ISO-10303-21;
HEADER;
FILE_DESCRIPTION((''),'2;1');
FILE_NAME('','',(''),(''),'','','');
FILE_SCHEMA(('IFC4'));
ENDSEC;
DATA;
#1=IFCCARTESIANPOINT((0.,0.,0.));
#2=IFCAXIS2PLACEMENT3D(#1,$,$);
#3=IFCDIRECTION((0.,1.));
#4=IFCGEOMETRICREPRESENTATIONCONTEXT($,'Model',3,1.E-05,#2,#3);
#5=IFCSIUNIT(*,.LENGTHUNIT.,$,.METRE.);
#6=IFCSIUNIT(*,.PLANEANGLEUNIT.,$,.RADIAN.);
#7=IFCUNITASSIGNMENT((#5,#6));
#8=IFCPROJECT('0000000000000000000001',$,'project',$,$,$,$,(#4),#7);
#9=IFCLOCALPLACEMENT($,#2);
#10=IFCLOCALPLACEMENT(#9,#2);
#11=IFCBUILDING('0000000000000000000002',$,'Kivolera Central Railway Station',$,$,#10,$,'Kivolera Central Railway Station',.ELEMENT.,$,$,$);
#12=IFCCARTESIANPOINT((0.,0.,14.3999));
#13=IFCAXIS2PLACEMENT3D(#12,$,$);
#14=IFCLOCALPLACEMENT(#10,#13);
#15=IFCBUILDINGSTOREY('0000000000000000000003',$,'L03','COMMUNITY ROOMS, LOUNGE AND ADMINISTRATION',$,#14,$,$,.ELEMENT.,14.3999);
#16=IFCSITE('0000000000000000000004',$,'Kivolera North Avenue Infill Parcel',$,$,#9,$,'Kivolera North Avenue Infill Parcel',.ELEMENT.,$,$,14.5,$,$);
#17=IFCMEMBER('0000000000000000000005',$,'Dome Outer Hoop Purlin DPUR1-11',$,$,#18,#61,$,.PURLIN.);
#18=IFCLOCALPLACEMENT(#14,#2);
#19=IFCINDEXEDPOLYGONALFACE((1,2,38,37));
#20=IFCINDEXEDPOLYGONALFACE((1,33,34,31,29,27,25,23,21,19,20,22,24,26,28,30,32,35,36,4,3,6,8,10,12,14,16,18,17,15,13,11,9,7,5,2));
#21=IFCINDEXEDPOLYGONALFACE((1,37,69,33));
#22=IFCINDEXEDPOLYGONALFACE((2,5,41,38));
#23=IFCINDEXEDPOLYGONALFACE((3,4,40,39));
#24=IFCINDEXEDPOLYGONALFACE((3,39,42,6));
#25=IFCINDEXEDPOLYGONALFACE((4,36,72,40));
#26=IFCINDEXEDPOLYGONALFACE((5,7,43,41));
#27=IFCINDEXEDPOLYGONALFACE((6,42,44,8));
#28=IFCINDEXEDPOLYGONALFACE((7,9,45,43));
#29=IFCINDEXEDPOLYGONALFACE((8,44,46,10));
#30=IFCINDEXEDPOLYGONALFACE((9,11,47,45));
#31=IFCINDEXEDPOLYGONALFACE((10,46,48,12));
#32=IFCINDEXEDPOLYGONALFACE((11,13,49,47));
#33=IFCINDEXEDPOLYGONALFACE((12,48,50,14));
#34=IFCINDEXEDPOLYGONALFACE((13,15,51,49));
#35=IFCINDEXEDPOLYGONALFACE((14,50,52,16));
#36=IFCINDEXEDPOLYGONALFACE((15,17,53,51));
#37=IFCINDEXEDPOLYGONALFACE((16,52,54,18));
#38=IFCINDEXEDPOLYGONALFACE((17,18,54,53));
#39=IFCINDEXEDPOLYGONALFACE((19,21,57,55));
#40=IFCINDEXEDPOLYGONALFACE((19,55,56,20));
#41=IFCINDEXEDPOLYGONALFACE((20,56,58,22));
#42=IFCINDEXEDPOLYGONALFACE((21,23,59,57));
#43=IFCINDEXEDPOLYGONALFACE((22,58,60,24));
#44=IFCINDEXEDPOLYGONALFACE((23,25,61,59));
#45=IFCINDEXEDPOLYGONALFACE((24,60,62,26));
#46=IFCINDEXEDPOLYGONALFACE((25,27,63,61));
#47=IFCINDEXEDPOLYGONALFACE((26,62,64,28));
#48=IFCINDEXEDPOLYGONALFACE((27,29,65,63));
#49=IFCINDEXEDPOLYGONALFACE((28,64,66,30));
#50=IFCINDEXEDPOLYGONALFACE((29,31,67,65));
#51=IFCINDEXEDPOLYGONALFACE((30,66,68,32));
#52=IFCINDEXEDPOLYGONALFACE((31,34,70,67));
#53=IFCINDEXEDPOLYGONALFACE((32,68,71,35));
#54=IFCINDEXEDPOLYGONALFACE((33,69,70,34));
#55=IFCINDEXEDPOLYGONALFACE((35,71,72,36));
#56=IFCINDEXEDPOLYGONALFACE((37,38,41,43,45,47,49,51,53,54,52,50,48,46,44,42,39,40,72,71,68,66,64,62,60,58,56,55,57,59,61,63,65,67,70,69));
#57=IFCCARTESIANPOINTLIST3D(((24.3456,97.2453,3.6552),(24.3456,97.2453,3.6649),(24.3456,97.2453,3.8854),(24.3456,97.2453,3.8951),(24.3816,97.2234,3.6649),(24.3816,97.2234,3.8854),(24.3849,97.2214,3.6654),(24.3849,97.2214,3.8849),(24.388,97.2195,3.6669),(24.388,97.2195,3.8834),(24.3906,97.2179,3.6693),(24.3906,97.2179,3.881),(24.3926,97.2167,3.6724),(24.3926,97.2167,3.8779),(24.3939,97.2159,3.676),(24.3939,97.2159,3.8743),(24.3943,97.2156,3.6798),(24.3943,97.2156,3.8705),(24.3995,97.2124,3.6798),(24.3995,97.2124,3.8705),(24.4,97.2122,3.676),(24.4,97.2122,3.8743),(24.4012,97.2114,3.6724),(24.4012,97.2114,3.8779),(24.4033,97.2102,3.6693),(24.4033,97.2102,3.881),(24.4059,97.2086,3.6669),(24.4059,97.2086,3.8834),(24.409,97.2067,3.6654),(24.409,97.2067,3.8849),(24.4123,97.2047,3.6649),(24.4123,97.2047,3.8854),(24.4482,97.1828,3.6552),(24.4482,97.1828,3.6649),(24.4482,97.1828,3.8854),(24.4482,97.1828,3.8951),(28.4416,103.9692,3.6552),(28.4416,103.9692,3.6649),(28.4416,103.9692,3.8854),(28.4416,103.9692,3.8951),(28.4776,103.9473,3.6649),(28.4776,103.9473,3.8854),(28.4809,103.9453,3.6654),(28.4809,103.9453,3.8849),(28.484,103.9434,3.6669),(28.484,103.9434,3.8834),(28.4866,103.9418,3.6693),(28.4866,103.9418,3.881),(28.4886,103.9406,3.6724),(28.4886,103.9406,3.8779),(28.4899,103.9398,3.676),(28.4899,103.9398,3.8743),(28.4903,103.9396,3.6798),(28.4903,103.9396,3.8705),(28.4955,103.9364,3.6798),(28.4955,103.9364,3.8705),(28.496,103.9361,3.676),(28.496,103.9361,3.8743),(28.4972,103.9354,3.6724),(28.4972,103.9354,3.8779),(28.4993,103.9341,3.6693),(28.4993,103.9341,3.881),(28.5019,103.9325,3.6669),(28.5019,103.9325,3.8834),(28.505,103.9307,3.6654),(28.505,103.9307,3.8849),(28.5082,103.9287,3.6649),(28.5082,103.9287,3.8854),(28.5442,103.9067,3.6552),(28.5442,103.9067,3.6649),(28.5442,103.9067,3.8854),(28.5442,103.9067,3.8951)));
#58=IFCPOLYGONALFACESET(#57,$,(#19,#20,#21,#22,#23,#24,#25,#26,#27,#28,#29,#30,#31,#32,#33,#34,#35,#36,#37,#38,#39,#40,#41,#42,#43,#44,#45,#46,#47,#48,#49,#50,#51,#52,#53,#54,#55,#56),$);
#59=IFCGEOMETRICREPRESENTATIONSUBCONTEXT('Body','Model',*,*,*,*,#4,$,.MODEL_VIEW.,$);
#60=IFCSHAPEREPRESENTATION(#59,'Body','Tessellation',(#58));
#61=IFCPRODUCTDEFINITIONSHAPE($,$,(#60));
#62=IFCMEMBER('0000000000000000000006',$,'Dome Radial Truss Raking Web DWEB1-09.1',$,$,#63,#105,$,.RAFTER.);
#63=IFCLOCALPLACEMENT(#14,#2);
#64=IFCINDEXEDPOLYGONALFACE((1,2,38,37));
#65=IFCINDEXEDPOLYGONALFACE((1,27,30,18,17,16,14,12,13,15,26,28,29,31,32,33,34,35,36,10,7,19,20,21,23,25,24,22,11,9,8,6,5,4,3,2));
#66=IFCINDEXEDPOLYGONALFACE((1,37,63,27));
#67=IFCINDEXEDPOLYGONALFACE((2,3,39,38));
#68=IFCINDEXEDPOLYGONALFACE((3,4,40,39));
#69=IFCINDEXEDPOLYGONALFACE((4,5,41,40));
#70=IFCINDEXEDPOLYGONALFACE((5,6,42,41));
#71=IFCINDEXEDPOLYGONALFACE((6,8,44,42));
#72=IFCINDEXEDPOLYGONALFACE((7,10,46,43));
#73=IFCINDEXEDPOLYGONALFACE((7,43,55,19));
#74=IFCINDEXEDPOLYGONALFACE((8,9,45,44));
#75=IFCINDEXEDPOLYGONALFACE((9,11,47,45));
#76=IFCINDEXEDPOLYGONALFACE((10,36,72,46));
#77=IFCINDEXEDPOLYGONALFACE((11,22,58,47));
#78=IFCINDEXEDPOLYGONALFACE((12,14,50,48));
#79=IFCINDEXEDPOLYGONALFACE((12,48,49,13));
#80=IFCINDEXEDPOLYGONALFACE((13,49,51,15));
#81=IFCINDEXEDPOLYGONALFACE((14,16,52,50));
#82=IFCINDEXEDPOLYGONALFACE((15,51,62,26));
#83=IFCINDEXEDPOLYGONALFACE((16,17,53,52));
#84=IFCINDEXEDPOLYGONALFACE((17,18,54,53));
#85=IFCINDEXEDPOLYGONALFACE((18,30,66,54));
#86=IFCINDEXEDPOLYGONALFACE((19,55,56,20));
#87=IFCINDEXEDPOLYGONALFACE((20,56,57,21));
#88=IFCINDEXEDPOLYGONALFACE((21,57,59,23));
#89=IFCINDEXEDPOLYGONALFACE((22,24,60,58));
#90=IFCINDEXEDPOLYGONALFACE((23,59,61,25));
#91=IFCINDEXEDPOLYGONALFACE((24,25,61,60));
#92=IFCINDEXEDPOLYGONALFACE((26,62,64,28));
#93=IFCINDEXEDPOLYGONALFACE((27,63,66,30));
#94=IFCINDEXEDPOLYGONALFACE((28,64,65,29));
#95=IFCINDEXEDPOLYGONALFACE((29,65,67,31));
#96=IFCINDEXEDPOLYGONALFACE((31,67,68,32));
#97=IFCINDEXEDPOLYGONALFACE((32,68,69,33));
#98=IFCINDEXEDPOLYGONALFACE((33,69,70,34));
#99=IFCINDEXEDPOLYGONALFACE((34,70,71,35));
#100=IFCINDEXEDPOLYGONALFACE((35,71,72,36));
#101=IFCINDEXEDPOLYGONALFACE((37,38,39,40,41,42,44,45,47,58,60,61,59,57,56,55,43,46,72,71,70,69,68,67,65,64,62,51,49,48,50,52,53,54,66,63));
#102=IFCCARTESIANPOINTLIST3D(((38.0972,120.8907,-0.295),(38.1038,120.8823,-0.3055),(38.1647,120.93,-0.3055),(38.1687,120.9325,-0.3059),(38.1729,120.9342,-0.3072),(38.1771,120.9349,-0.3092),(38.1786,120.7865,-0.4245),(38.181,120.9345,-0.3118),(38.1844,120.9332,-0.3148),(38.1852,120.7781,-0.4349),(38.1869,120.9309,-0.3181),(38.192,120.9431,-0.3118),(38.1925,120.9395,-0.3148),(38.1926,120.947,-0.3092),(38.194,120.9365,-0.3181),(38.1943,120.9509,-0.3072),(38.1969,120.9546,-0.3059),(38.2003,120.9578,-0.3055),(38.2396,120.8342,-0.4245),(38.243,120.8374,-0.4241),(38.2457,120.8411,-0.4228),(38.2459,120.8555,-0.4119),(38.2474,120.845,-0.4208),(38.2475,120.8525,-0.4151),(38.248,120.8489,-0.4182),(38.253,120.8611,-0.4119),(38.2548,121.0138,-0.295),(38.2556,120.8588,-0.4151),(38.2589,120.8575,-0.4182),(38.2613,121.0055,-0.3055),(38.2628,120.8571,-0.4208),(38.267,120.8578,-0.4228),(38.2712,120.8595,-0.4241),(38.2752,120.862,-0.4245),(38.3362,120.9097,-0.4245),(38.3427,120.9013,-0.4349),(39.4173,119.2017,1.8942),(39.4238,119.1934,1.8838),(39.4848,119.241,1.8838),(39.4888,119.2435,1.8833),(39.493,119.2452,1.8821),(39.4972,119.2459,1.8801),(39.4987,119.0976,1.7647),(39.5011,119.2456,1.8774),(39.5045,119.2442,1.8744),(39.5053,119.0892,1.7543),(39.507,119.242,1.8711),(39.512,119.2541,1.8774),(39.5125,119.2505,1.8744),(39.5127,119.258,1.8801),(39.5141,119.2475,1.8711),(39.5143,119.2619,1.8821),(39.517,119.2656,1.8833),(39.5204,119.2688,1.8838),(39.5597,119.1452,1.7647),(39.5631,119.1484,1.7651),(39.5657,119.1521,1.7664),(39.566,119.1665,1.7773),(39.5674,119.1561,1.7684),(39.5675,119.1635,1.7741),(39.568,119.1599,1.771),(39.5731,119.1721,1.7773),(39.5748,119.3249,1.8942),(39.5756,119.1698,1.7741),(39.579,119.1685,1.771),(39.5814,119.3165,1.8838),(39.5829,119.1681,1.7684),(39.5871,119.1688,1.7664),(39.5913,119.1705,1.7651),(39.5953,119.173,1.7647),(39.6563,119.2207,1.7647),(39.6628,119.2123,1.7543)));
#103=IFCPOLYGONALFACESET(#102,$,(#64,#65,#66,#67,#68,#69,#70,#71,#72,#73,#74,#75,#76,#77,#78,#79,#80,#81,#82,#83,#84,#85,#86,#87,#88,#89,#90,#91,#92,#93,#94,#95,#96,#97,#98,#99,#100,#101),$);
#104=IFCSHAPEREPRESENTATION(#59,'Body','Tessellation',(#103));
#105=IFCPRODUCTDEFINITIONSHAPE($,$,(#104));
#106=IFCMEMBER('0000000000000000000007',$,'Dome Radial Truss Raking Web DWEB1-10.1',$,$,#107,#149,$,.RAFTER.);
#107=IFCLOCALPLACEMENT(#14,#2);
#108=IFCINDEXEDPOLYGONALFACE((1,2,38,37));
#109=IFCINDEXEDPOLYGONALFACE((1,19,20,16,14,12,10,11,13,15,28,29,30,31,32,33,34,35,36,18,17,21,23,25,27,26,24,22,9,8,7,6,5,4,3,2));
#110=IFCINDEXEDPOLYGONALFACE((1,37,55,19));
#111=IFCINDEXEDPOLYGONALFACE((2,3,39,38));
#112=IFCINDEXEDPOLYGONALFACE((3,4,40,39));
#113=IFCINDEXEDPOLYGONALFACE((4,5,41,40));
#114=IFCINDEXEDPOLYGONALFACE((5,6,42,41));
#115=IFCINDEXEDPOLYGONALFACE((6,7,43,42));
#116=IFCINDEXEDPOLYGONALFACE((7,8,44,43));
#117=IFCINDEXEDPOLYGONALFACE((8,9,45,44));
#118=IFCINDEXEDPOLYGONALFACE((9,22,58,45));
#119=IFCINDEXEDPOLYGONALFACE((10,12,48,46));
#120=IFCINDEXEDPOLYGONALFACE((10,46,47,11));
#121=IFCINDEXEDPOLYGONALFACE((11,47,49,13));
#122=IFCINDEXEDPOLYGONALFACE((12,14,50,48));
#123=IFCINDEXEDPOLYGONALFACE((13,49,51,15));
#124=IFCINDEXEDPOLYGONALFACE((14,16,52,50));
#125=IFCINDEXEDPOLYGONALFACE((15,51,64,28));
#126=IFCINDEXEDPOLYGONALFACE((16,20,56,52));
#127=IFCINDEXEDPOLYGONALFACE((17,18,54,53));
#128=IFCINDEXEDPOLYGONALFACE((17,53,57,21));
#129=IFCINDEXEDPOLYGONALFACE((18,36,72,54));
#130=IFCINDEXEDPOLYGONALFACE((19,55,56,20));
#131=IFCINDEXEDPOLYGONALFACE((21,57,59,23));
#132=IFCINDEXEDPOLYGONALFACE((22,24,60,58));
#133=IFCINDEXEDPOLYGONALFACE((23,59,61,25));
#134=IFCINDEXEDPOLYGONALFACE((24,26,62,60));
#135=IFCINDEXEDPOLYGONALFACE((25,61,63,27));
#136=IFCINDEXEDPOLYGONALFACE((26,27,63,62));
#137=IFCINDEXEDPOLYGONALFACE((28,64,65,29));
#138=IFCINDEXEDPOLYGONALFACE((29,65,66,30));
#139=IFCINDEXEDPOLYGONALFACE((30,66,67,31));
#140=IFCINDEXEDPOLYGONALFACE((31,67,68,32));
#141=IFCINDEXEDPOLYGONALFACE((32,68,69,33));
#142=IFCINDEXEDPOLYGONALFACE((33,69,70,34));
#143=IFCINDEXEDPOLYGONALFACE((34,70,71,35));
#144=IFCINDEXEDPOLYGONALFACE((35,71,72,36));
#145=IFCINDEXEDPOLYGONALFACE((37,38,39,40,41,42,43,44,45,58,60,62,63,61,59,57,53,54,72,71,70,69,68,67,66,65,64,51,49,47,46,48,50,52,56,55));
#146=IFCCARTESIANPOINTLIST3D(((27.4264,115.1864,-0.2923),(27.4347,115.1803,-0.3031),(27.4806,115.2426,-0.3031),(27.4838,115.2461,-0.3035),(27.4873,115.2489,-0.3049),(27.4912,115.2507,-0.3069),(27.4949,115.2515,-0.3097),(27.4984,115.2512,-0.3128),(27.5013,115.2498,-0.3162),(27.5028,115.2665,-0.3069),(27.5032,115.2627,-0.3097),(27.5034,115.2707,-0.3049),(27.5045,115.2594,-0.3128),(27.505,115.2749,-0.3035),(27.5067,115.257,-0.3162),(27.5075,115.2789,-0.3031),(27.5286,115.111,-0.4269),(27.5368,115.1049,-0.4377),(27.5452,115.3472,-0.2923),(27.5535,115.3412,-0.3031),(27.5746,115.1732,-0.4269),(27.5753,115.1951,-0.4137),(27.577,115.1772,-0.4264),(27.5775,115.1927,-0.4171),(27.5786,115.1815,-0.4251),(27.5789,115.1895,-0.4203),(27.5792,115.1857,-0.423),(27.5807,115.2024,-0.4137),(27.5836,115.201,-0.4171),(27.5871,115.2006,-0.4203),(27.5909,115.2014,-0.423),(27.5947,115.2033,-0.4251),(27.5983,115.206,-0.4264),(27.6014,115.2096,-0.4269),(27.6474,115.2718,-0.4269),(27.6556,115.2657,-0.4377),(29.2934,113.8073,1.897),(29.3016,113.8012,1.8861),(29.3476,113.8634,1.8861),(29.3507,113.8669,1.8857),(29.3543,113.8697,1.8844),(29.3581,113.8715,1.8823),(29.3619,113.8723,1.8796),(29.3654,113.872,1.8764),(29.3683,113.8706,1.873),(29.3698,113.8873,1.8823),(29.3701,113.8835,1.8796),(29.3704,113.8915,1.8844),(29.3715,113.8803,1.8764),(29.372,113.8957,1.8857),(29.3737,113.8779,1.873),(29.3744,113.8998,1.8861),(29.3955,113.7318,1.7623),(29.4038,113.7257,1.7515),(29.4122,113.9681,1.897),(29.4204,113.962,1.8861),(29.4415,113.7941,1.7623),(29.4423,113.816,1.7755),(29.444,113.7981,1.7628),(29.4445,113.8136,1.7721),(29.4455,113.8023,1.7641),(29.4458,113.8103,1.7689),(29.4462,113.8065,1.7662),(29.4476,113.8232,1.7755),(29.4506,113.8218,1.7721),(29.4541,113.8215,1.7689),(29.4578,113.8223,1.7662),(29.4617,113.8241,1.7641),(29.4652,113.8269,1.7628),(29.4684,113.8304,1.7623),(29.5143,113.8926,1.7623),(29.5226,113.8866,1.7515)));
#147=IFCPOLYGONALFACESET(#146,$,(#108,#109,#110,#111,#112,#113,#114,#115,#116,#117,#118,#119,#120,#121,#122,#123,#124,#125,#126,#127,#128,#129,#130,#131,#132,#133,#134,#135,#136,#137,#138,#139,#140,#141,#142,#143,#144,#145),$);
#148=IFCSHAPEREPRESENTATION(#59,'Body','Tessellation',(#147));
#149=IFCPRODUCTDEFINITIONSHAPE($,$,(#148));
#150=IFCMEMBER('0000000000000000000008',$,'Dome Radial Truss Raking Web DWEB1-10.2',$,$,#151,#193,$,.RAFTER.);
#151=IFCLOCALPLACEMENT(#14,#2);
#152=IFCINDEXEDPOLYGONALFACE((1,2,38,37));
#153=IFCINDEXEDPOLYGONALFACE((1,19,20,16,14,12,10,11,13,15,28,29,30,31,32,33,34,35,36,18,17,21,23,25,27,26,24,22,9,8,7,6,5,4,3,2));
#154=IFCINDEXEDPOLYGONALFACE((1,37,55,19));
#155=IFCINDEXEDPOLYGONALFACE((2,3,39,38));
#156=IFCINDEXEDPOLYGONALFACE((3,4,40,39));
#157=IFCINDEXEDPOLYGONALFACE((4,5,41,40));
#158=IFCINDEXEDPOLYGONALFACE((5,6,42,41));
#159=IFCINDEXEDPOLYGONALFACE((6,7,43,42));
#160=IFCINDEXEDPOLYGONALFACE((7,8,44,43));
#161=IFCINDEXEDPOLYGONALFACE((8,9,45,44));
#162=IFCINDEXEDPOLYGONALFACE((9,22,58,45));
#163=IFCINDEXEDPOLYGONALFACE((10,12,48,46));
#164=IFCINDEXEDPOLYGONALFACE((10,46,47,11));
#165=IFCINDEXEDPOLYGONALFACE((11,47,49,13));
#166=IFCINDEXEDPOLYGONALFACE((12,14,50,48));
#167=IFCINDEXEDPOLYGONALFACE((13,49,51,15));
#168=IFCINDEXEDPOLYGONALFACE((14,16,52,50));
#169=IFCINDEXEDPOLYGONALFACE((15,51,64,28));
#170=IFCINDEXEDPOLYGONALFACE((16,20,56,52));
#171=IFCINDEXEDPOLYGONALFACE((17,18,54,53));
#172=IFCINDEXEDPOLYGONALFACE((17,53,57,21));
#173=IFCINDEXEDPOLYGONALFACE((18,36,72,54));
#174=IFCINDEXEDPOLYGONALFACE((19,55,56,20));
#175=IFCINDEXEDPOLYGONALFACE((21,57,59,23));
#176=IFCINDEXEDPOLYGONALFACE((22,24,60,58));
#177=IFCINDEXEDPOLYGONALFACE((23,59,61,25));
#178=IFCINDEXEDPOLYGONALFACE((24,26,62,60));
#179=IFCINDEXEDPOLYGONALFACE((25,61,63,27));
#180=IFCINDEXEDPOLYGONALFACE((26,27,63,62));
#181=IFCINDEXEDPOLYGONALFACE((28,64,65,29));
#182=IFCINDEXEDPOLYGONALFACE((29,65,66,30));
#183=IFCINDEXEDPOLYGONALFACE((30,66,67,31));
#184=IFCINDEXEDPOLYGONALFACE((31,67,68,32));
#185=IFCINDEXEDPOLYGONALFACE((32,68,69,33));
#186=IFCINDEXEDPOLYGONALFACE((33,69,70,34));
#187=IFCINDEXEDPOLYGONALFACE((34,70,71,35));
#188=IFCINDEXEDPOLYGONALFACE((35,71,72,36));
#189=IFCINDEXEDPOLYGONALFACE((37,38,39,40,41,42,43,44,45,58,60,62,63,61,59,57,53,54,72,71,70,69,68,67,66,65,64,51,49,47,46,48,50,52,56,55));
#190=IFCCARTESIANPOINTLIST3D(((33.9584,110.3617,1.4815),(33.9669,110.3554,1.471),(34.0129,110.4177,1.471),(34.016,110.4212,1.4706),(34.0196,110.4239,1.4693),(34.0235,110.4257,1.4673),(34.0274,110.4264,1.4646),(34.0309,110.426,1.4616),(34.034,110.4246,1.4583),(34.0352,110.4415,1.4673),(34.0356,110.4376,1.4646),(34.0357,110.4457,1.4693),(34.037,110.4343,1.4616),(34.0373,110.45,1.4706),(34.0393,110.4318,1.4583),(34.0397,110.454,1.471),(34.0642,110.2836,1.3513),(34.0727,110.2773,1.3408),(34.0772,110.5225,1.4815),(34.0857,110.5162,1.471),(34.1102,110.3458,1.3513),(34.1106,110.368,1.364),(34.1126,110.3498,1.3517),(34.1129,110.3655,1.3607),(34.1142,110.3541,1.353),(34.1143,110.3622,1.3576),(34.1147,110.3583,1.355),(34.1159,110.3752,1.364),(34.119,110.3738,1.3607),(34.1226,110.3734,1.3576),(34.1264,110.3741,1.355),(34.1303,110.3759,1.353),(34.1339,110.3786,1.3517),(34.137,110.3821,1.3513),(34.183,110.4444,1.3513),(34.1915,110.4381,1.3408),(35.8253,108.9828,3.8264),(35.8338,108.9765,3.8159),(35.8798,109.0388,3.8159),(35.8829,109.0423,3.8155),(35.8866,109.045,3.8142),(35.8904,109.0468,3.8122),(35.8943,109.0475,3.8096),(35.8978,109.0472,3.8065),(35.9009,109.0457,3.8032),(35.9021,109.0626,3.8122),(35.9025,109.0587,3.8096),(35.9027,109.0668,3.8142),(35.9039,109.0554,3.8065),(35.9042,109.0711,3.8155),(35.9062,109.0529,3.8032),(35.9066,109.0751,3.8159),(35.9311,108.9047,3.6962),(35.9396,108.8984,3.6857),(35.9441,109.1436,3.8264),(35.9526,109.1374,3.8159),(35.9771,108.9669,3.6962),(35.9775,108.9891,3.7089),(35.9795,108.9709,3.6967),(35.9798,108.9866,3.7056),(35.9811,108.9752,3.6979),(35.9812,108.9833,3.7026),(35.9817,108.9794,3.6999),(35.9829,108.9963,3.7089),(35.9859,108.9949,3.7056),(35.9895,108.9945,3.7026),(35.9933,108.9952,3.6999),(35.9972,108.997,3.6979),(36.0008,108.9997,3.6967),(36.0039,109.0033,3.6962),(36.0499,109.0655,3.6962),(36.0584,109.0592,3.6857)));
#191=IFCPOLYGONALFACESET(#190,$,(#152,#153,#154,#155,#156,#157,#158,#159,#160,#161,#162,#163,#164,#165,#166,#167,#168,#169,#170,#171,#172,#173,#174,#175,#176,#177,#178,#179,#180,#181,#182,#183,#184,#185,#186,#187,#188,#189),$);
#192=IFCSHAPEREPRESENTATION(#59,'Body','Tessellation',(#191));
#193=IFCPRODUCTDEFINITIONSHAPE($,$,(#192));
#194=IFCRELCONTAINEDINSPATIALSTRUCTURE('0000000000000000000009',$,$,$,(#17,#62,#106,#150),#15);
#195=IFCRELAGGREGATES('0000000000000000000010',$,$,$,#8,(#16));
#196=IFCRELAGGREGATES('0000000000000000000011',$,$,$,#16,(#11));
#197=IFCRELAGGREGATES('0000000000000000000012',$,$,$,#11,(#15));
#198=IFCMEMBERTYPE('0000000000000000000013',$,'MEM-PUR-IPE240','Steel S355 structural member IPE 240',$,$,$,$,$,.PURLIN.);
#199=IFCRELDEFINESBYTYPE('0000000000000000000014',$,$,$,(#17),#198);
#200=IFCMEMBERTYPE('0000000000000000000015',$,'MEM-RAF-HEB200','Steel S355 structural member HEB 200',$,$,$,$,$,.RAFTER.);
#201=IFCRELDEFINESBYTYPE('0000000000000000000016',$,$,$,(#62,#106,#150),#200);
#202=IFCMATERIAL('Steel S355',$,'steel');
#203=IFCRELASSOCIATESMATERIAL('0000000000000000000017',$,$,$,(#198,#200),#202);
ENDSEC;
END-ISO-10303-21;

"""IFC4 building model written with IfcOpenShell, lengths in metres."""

from ifc_helpers import new_model, si_unit, direction, frame, origin, origin_2d, place, context, subcontext, project, spatial, i_section, extrude, material, material_profile, profile_set, type_object, element, save


model = new_model("IFC4")

# Units and contexts
model_context = context("Model", 3, precision=1e-05, world=origin(), true_north=direction((0.0, 1.0)))
body_context = subcontext(model_context, "Body", "Model", "MODEL_VIEW")
ifc_project = project(units=[si_unit("LENGTHUNIT", "METRE"), si_unit("PLANEANGLEUNIT", "RADIAN")], contexts=[model_context])

# Site, building, storey
site_placement = place(None, origin())
site = spatial("IfcSite", under=ifc_project, at=site_placement, Name="Kivolera North Avenue Infill Parcel", LongName="Kivolera North Avenue Infill Parcel", CompositionType="ELEMENT", RefElevation=14.5)
building_placement = place(site_placement, origin())
building = spatial("IfcBuilding", under=site, at=building_placement, Name="Kivolera Central Railway Station", LongName="Kivolera Central Railway Station", CompositionType="ELEMENT")
storey_placement = place(building_placement, frame((0.0, 0.0, 14.3999)))
storey = spatial("IfcBuildingStorey", under=building, at=storey_placement, Name="L03", Description="COMMUNITY ROOMS, LOUNGE AND ADMINISTRATION", CompositionType="ELEMENT", Elevation=14.3999)

# Shared definitions
ifc_material_1 = material(Name="Steel S355", Category="steel")

# Members
ifc_material_profile_1 = material_profile(ifc_material_1, i_section(OverallWidth=0.1201, OverallDepth=0.24, WebThickness=0.0061, FlangeThickness=0.0098, FilletRadius=0.0149, at=origin_2d()), Name="IPE 240")
ifc_profile_set_1 = profile_set([ifc_material_profile_1], Name="Steel S355")
member_type_1 = type_object("IfcMemberType", Name="MEM-PUR-IPE240", Description="Steel S355 structural member IPE 240", PredefinedType="PURLIN", material=ifc_profile_set_1)
member_1_placement = place(storey_placement, frame((28.4929, 103.938, 3.7751), z_axis=(-0.520239, -0.854021, 0.0), x_axis=(0.854021, -0.520239, 0.0)))
element("IfcMember", 1, at=member_1_placement, inside=storey, type_object=member_type_1, Name="Dome Outer Hoop Purlin DPUR1-11", PredefinedType="PURLIN", context=body_context, shape_type="SweptSolid", body=[
    extrude(i_section(OverallWidth=0.1201, OverallDepth=0.24, WebThickness=0.0061, FlangeThickness=0.0098, FilletRadius=0.0149, at=origin_2d()), origin(), (0.0, 0.0, 1.0), 7.8733),
])
ifc_material_profile_2 = material_profile(ifc_material_1, i_section(OverallWidth=0.2, OverallDepth=0.2, WebThickness=0.009, FlangeThickness=0.0149, FilletRadius=0.0181, at=origin_2d()), Name="HEB 200")
ifc_profile_set_2 = profile_set([ifc_material_profile_2], Name="Steel S355")
member_type_2 = type_object("IfcMemberType", Name="MEM-RAF-HEB200", Description="Steel S355 structural member HEB 200", PredefinedType="RAFTER", material=ifc_profile_set_2)
member_2_placement = place(storey_placement, frame((38.22, 120.896, -0.365), z_axis=(0.430838, -0.551237, 0.714504), x_axis=(0.787897, 0.615808, 0.0)))
element("IfcMember", 2, at=member_2_placement, inside=storey, type_object=member_type_2, Name="Dome Radial Truss Raking Web DWEB1-09.1", PredefinedType="RAFTER", context=body_context, shape_type="SweptSolid", body=[
    extrude(i_section(OverallWidth=0.2, OverallDepth=0.2, WebThickness=0.009, FlangeThickness=0.0149, FilletRadius=0.0181, at=origin_2d()), origin(), (0.0, 0.0, 1.0), 3.064),
])
member_3_placement = place(storey_placement, frame((27.541, 115.2261, -0.365), z_axis=(0.585132, -0.432249, 0.686135), x_axis=(0.594178, 0.804334, 0.0)))
element("IfcMember", 3, at=member_3_placement, inside=storey, type_object=member_type_2, Name="Dome Radial Truss Raking Web DWEB1-10.1", PredefinedType="RAFTER", context=body_context, shape_type="SweptSolid", body=[
    extrude(i_section(OverallWidth=0.2, OverallDepth=0.2, WebThickness=0.009, FlangeThickness=0.0149, FilletRadius=0.0181, at=origin_2d()), origin(), (0.0, 0.0, 1.0), 3.1907),
])
member_4_placement = place(storey_placement, frame((34.075, 110.3999, 1.4111), z_axis=(0.565851, -0.417932, 0.710736), x_axis=(0.59411, 0.804384, 0.0)))
element("IfcMember", 4, at=member_4_placement, inside=storey, type_object=member_type_2, Name="Dome Radial Truss Raking Web DWEB1-10.2", PredefinedType="RAFTER", context=body_context, shape_type="SweptSolid", body=[
    extrude(i_section(OverallWidth=0.2, OverallDepth=0.2, WebThickness=0.009, FlangeThickness=0.0149, FilletRadius=0.0181, at=origin_2d()), origin(), (0.0, 0.0, 1.0), 3.2993),
])

save(model, "model.ifc")
